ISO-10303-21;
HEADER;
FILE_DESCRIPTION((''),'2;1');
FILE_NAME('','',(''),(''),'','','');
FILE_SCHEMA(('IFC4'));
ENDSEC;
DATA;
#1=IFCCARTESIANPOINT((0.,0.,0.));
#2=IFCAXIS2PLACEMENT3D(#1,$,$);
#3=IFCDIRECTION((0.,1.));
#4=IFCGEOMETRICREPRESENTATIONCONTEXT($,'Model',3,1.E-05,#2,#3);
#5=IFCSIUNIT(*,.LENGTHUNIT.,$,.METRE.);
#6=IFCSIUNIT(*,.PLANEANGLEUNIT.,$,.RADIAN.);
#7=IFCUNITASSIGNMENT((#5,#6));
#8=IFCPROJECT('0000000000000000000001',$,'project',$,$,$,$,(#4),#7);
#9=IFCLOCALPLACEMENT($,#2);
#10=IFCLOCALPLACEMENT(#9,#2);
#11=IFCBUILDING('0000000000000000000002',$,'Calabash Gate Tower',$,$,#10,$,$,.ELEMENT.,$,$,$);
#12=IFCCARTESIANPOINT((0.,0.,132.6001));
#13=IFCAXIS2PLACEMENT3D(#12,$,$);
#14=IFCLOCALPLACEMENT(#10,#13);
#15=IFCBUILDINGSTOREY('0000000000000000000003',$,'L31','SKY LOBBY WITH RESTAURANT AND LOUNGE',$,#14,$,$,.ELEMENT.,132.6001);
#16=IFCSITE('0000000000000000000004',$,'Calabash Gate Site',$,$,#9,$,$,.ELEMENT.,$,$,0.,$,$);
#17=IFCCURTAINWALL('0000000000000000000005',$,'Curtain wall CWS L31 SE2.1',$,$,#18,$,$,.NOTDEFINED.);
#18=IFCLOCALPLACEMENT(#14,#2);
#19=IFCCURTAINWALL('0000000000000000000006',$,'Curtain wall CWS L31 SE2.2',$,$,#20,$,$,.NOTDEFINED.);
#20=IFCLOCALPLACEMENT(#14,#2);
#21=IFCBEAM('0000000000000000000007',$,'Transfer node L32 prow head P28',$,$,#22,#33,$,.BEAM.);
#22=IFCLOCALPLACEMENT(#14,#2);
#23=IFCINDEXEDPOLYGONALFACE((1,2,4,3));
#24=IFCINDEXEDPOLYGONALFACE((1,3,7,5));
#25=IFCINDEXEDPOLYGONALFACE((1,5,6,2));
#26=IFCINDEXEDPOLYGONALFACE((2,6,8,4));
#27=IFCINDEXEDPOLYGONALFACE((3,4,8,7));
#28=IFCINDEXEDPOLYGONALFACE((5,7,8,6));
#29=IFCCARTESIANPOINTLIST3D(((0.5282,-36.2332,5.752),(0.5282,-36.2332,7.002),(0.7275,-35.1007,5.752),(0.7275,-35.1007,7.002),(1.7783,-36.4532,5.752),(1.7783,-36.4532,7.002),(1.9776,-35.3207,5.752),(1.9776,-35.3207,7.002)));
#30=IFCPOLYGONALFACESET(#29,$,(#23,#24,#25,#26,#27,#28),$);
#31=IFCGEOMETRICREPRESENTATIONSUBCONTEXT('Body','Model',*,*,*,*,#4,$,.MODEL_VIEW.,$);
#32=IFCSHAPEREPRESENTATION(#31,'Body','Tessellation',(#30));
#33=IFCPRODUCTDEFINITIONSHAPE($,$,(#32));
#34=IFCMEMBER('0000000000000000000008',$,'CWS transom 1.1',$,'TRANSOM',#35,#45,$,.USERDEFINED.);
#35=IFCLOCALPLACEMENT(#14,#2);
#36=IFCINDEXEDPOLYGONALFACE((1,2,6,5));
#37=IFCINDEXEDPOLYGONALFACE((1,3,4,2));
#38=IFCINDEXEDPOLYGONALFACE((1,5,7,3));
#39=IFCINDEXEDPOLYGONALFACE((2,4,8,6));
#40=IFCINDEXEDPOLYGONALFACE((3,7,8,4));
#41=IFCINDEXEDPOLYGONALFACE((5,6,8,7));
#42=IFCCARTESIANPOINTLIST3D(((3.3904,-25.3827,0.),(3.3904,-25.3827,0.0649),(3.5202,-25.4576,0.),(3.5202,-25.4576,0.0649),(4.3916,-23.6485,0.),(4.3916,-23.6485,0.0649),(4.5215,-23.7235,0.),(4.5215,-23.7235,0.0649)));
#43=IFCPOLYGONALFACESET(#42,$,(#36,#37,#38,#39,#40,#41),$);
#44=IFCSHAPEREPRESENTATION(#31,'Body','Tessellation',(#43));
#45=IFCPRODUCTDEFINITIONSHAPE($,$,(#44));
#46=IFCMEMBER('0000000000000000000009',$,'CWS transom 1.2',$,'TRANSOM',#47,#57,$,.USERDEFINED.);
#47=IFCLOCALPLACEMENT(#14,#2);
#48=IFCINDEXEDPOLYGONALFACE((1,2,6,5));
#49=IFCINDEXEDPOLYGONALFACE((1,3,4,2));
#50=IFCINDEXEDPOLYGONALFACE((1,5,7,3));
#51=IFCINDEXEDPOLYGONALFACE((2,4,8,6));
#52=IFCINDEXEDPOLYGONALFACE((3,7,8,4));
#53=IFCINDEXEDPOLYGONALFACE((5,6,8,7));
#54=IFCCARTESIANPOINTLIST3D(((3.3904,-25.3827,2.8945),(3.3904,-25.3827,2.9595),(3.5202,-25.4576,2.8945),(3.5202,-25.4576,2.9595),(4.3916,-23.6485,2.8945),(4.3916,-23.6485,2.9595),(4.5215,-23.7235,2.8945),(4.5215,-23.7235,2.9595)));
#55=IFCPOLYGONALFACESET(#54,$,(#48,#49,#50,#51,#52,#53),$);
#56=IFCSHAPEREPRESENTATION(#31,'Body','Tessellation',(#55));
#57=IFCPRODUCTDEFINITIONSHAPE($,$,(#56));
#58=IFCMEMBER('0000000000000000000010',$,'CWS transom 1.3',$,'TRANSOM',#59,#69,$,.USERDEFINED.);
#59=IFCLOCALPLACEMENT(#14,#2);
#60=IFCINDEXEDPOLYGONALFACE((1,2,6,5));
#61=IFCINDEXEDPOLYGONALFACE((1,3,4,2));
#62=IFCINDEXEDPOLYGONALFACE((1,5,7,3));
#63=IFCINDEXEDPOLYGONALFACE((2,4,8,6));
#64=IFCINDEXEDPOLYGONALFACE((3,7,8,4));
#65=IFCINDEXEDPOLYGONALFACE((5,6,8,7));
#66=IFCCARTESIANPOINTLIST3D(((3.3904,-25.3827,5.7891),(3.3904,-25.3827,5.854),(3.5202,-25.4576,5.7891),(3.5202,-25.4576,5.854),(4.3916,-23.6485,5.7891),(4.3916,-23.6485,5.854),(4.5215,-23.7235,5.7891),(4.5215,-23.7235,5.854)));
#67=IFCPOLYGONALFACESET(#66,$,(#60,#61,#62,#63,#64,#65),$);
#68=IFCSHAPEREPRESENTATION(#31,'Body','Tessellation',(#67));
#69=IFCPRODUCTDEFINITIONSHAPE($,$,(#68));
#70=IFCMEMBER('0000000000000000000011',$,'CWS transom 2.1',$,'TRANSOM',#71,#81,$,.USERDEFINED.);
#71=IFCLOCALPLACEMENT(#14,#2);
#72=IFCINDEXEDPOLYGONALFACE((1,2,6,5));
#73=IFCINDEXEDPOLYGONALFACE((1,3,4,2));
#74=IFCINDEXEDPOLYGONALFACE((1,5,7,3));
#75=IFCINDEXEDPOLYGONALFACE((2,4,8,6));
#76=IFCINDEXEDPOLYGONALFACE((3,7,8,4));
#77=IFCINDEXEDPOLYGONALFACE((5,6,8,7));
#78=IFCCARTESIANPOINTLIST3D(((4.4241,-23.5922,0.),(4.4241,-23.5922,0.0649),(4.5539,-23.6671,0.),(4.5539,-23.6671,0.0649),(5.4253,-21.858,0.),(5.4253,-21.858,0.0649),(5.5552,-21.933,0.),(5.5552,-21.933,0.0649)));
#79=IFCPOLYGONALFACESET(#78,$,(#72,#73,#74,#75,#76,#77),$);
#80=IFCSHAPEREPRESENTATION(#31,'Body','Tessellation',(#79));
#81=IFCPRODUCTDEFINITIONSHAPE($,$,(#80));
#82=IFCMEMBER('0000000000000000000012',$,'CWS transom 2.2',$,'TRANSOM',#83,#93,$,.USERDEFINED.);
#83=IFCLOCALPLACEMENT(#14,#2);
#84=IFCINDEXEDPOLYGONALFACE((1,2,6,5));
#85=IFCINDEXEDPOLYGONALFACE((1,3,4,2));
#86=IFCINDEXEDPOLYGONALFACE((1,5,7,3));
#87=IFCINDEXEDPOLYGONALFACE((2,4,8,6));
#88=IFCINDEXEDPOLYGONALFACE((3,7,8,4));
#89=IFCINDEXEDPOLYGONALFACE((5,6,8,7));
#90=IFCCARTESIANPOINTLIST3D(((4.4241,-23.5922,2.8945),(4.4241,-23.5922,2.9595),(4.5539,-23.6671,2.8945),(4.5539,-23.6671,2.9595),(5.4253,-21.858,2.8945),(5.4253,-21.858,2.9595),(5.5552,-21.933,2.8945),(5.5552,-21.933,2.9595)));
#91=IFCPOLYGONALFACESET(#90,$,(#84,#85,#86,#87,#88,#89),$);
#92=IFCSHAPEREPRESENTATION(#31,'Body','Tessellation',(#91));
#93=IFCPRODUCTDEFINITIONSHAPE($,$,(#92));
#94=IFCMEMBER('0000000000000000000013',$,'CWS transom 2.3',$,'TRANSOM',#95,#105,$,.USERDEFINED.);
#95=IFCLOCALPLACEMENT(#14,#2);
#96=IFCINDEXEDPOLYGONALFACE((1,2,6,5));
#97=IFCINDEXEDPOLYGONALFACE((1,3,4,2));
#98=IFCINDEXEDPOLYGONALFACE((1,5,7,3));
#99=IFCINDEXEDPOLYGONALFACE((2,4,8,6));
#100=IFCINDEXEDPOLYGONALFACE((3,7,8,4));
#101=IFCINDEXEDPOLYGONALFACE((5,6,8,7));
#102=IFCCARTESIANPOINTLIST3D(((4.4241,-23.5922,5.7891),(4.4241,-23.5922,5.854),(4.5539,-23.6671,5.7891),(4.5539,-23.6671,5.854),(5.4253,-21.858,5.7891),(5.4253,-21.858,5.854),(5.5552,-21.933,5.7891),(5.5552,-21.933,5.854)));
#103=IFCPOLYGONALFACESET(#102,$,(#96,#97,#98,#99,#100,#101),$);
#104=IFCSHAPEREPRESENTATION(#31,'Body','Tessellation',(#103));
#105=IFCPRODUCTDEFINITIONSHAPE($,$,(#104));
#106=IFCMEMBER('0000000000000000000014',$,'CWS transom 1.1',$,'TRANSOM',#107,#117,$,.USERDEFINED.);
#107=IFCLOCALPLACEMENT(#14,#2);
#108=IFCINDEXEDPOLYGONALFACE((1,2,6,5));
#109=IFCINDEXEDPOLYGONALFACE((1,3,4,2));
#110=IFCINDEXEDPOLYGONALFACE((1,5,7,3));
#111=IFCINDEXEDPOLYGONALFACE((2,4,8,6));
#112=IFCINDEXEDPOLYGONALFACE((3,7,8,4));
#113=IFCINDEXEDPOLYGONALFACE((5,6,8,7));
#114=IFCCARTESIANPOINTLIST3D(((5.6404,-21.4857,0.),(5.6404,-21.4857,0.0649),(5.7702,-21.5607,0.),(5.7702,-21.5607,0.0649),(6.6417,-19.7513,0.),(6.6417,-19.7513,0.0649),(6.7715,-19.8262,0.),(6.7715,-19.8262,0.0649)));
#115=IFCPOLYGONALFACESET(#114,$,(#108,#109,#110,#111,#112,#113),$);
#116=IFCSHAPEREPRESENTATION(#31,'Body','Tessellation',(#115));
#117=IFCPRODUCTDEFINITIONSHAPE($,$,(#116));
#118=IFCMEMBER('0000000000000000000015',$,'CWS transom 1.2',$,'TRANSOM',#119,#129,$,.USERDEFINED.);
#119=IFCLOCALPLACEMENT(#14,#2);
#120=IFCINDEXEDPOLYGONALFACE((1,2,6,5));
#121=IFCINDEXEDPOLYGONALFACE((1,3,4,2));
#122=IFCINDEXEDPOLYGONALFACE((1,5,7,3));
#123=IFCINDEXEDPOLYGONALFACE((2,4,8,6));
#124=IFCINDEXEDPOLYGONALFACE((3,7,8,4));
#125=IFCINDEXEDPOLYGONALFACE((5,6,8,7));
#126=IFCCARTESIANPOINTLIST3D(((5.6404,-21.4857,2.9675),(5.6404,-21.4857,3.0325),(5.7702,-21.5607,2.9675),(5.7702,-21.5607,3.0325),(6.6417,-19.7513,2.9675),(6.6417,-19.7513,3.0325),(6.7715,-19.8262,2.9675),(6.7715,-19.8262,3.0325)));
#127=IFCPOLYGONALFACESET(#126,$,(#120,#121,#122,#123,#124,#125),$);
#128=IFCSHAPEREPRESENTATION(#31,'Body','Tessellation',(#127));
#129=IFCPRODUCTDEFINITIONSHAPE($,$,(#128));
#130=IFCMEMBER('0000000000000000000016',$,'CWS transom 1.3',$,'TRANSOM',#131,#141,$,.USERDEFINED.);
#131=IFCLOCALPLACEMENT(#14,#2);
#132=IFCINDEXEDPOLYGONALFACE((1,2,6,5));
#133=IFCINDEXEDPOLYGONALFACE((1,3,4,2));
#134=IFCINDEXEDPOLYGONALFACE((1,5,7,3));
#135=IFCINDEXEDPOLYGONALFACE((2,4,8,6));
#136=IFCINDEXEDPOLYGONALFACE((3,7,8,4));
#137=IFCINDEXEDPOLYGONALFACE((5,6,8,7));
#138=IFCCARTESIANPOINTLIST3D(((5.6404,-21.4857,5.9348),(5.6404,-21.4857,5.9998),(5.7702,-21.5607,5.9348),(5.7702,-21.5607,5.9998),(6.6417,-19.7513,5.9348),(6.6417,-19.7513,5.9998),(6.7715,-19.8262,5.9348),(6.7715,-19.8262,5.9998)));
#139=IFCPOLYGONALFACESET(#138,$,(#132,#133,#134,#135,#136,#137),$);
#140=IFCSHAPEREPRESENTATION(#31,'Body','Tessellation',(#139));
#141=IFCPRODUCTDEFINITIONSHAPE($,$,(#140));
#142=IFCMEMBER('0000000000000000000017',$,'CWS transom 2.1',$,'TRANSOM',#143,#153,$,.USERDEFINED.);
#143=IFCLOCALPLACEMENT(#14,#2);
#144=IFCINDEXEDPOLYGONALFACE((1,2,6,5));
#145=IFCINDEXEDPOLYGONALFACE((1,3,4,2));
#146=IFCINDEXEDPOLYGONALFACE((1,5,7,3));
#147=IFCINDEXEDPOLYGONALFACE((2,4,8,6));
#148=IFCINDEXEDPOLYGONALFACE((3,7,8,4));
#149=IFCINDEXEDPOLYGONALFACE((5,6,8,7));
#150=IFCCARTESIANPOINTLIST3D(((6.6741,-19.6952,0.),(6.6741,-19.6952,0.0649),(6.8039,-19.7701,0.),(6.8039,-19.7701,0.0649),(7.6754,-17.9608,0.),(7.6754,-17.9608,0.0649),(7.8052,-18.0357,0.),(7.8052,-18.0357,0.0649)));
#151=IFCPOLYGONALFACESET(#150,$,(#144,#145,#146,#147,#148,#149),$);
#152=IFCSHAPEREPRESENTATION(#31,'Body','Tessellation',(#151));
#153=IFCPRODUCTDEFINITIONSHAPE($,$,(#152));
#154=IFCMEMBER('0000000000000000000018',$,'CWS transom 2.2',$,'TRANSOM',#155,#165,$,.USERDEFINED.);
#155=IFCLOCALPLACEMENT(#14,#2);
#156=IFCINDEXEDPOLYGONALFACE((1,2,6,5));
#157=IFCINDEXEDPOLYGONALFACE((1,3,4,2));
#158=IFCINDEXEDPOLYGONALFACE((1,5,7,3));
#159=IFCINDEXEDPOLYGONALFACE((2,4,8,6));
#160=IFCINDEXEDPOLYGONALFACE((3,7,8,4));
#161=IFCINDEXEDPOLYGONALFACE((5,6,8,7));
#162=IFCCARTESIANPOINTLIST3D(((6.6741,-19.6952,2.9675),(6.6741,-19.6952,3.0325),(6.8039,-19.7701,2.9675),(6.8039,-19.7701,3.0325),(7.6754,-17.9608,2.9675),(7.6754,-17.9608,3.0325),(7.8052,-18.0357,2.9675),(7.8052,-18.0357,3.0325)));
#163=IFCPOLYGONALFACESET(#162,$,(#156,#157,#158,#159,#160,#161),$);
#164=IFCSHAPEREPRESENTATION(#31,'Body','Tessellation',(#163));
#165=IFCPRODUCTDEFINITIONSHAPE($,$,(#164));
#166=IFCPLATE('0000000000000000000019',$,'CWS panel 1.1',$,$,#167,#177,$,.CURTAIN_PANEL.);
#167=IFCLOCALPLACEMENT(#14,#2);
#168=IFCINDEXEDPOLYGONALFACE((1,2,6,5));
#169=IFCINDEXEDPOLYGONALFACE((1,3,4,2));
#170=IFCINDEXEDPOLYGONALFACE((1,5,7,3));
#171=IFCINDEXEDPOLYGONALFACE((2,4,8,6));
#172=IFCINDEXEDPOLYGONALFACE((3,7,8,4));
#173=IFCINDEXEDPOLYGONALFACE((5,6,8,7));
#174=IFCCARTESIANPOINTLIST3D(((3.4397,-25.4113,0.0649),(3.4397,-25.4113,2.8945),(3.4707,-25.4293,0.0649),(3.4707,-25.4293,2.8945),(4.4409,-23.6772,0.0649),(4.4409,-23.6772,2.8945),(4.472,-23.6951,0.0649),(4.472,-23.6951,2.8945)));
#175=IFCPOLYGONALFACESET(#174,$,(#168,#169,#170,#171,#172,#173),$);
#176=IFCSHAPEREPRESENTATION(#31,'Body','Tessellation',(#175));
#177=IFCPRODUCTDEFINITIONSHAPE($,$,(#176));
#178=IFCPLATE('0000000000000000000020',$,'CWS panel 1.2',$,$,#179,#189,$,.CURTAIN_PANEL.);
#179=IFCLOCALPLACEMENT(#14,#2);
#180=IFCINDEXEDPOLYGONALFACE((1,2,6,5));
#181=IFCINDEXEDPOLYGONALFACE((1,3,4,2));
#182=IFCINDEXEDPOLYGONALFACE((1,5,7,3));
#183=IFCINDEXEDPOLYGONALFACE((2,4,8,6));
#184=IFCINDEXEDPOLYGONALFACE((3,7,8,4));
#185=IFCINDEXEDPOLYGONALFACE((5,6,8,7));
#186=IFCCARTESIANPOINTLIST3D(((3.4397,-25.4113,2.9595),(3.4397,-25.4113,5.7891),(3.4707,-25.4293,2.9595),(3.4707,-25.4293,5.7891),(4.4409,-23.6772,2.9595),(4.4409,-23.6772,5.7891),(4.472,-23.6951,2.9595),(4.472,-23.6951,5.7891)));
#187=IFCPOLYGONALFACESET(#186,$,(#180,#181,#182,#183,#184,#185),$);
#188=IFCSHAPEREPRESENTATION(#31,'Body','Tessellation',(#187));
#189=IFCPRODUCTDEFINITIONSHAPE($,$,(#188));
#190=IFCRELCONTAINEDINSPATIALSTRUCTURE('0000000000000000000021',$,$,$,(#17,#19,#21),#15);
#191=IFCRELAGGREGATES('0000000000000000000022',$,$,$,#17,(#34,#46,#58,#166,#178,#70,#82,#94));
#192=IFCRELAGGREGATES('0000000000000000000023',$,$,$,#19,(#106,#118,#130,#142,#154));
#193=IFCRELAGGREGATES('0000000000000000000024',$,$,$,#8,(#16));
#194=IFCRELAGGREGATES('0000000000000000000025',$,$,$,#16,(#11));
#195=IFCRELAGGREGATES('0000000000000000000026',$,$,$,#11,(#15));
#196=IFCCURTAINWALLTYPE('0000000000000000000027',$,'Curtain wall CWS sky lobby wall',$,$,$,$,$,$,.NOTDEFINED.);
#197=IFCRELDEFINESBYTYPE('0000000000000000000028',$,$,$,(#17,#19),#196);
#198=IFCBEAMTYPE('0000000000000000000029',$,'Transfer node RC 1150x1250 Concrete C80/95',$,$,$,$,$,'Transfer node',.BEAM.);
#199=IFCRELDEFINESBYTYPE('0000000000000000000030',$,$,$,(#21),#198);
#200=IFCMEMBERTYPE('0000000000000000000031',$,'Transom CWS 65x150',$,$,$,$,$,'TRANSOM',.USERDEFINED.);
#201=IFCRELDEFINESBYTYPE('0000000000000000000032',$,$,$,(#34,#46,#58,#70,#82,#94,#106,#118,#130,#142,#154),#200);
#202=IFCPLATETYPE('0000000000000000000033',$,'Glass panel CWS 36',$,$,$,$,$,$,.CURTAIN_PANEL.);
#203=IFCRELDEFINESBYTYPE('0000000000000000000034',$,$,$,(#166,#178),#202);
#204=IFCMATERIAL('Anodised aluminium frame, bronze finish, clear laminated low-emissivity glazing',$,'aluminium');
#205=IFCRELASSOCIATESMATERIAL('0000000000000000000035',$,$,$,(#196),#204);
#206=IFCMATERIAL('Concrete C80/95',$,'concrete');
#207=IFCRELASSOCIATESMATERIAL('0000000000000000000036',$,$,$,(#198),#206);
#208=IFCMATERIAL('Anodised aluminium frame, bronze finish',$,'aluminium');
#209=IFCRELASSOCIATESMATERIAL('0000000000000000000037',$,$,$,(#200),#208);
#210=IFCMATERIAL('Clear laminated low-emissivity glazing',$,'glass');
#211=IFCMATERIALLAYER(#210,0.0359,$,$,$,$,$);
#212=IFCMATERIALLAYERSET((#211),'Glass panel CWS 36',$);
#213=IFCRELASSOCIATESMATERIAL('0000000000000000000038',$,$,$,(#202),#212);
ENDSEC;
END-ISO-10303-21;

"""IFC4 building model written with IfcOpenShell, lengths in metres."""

from ifc_helpers import new_model, si_unit, direction, frame, origin, origin_2d, place, context, subcontext, project, spatial, rectangle, extrude, material, layer, layer_set, material_profile, profile_set, type_object, element, aggregate, save


model = new_model("IFC4")

# Units and contexts
model_context = context("Model", 3, precision=1e-05, world=origin(), true_north=direction((0.0, 1.0)))
body_context = subcontext(model_context, "Body", "Model", "MODEL_VIEW")
ifc_project = project(units=[si_unit("LENGTHUNIT", "METRE"), si_unit("PLANEANGLEUNIT", "RADIAN")], contexts=[model_context])

# Site, building, storey
site_placement = place(None, origin())
site = spatial("IfcSite", under=ifc_project, at=site_placement, Name="Calabash Gate Site", CompositionType="ELEMENT", RefElevation=0.0)
building_placement = place(site_placement, origin())
building = spatial("IfcBuilding", under=site, at=building_placement, Name="Calabash Gate Tower", CompositionType="ELEMENT")
storey_placement = place(building_placement, frame((0.0, 0.0, 132.6001)))
storey = spatial("IfcBuildingStorey", under=building, at=storey_placement, Name="L31", Description="SKY LOBBY WITH RESTAURANT AND LOUNGE", CompositionType="ELEMENT", Elevation=132.6001)

# Curtain walls
ifc_material_1 = material(Name="Anodised aluminium frame, bronze finish, clear laminated low-emissivity glazing", Category="aluminium")
curtain_wall_type = type_object("IfcCurtainWallType", Name="Curtain wall CWS sky lobby wall", PredefinedType="NOTDEFINED", material=ifc_material_1)
curtain_wall_1_placement = place(storey_placement, origin())
curtain_wall_1 = element("IfcCurtainWall", 1, at=curtain_wall_1_placement, inside=storey, type_object=curtain_wall_type, Name="Curtain wall CWS L31 SE2.1", PredefinedType="NOTDEFINED")
curtain_wall_2_placement = place(storey_placement, origin())
curtain_wall_2 = element("IfcCurtainWall", 2, at=curtain_wall_2_placement, inside=storey, type_object=curtain_wall_type, Name="Curtain wall CWS L31 SE2.2", PredefinedType="NOTDEFINED")

# Beam
ifc_material_2 = material(Name="Concrete C80/95", Category="concrete")
ifc_material_profile_1 = material_profile(ifc_material_2, rectangle(XDim=1.1499, YDim=1.25, at=origin_2d()))
ifc_profile_set_1 = profile_set([ifc_material_profile_1], Name="Concrete C80/95")
beam_type_1 = type_object("IfcBeamType", Name="Transfer node RC 1150x1250 Concrete C80/95", ElementType="Transfer node", PredefinedType="BEAM", material=ifc_profile_set_1)
beam_1_placement = place(storey_placement, frame((1.8779, -35.887, 6.377), z_axis=(-0.984867, 0.173313, 0.0), x_axis=(-0.173313, -0.984867, 0.0)))
element("IfcBeam", 3, at=beam_1_placement, inside=storey, type_object=beam_type_1, Name="Transfer node L32 prow head P28", PredefinedType="BEAM", context=body_context, shape_type="SweptSolid", body=[
    extrude(rectangle(XDim=1.1499, YDim=1.25, at=origin_2d()), origin(), (0.0, 0.0, 1.0), 1.2693),
])

# Members
ifc_material_3 = material(Name="Anodised aluminium frame, bronze finish", Category="aluminium")
ifc_material_profile_2 = material_profile(ifc_material_3, rectangle(XDim=0.1499, YDim=0.0649, at=origin_2d()))
ifc_profile_set_2 = profile_set([ifc_material_profile_2], Name="Anodised aluminium frame, bronze finish")
member_type_1 = type_object("IfcMemberType", Name="Transom CWS 65x150", ElementType="TRANSOM", PredefinedType="USERDEFINED", material=ifc_profile_set_2)
member_1_placement = place(storey_placement, frame((3.4553, -25.4202, 0.0325), z_axis=(0.500007, 0.866021, 0.0), x_axis=(-0.866021, 0.500007, 0.0)))
member_1 = element("IfcMember", 4, at=member_1_placement, type_object=member_type_1, Name="CWS transom 1.1", ObjectType="TRANSOM", PredefinedType="USERDEFINED", context=body_context, shape_type="SweptSolid", body=[
    extrude(rectangle(XDim=0.1499, YDim=0.0649, at=origin_2d()), origin(), (0.0, 0.0, 1.0), 2.0024),
])
member_2_placement = place(storey_placement, frame((3.4553, -25.4202, 2.927), z_axis=(0.500007, 0.866021, 0.0), x_axis=(-0.866021, 0.500007, 0.0)))
member_2 = element("IfcMember", 5, at=member_2_placement, type_object=member_type_1, Name="CWS transom 1.2", ObjectType="TRANSOM", PredefinedType="USERDEFINED", context=body_context, shape_type="SweptSolid", body=[
    extrude(rectangle(XDim=0.1499, YDim=0.0649, at=origin_2d()), origin(), (0.0, 0.0, 1.0), 2.0024),
])
member_3_placement = place(storey_placement, frame((3.4553, -25.4202, 5.8215), z_axis=(0.500007, 0.866021, 0.0), x_axis=(-0.866021, 0.500007, 0.0)))
member_3 = element("IfcMember", 6, at=member_3_placement, type_object=member_type_1, Name="CWS transom 1.3", ObjectType="TRANSOM", PredefinedType="USERDEFINED", context=body_context, shape_type="SweptSolid", body=[
    extrude(rectangle(XDim=0.1499, YDim=0.0649, at=origin_2d()), origin(), (0.0, 0.0, 1.0), 2.0024),
])
member_4_placement = place(storey_placement, frame((4.489, -23.6296, 0.0325), z_axis=(0.500007, 0.866021, 0.0), x_axis=(-0.866021, 0.500007, 0.0)))
member_4 = element("IfcMember", 7, at=member_4_placement, type_object=member_type_1, Name="CWS transom 2.1", ObjectType="TRANSOM", PredefinedType="USERDEFINED", context=body_context, shape_type="SweptSolid", body=[
    extrude(rectangle(XDim=0.1499, YDim=0.0649, at=origin_2d()), origin(), (0.0, 0.0, 1.0), 2.0024),
])
member_5_placement = place(storey_placement, frame((4.489, -23.6296, 2.927), z_axis=(0.500007, 0.866021, 0.0), x_axis=(-0.866021, 0.500007, 0.0)))
member_5 = element("IfcMember", 8, at=member_5_placement, type_object=member_type_1, Name="CWS transom 2.2", ObjectType="TRANSOM", PredefinedType="USERDEFINED", context=body_context, shape_type="SweptSolid", body=[
    extrude(rectangle(XDim=0.1499, YDim=0.0649, at=origin_2d()), origin(), (0.0, 0.0, 1.0), 2.0024),
])
member_6_placement = place(storey_placement, frame((4.489, -23.6296, 5.8215), z_axis=(0.500007, 0.866021, 0.0), x_axis=(-0.866021, 0.500007, 0.0)))
member_6 = element("IfcMember", 9, at=member_6_placement, type_object=member_type_1, Name="CWS transom 2.3", ObjectType="TRANSOM", PredefinedType="USERDEFINED", context=body_context, shape_type="SweptSolid", body=[
    extrude(rectangle(XDim=0.1499, YDim=0.0649, at=origin_2d()), origin(), (0.0, 0.0, 1.0), 2.0024),
])
member_7_placement = place(storey_placement, frame((5.7053, -21.5232, 0.0325), z_axis=(0.499955, 0.866052, 0.0), x_axis=(-0.866052, 0.499955, 0.0)))
member_7 = element("IfcMember", 10, at=member_7_placement, type_object=member_type_1, Name="CWS transom 1.1", ObjectType="TRANSOM", PredefinedType="USERDEFINED", context=body_context, shape_type="SweptSolid", body=[
    extrude(rectangle(XDim=0.1499, YDim=0.0649, at=origin_2d()), origin(), (0.0, 0.0, 1.0), 2.0027),
])
member_8_placement = place(storey_placement, frame((5.7053, -21.5232, 3.0), z_axis=(0.499955, 0.866052, 0.0), x_axis=(-0.866052, 0.499955, 0.0)))
member_8 = element("IfcMember", 11, at=member_8_placement, type_object=member_type_1, Name="CWS transom 1.2", ObjectType="TRANSOM", PredefinedType="USERDEFINED", context=body_context, shape_type="SweptSolid", body=[
    extrude(rectangle(XDim=0.1499, YDim=0.0649, at=origin_2d()), origin(), (0.0, 0.0, 1.0), 2.0027),
])
member_9_placement = place(storey_placement, frame((5.7053, -21.5232, 5.9673), z_axis=(0.499955, 0.866052, 0.0), x_axis=(-0.866052, 0.499955, 0.0)))
member_9 = element("IfcMember", 12, at=member_9_placement, type_object=member_type_1, Name="CWS transom 1.3", ObjectType="TRANSOM", PredefinedType="USERDEFINED", context=body_context, shape_type="SweptSolid", body=[
    extrude(rectangle(XDim=0.1499, YDim=0.0649, at=origin_2d()), origin(), (0.0, 0.0, 1.0), 2.0027),
])
member_10_placement = place(storey_placement, frame((6.739, -19.7327, 0.0325), z_axis=(0.499955, 0.866052, 0.0), x_axis=(-0.866052, 0.499955, 0.0)))
member_10 = element("IfcMember", 13, at=member_10_placement, type_object=member_type_1, Name="CWS transom 2.1", ObjectType="TRANSOM", PredefinedType="USERDEFINED", context=body_context, shape_type="SweptSolid", body=[
    extrude(rectangle(XDim=0.1499, YDim=0.0649, at=origin_2d()), origin(), (0.0, 0.0, 1.0), 2.0027),
])
member_11_placement = place(storey_placement, frame((6.739, -19.7327, 3.0), z_axis=(0.499955, 0.866052, 0.0), x_axis=(-0.866052, 0.499955, 0.0)))
member_11 = element("IfcMember", 14, at=member_11_placement, type_object=member_type_1, Name="CWS transom 2.2", ObjectType="TRANSOM", PredefinedType="USERDEFINED", context=body_context, shape_type="SweptSolid", body=[
    extrude(rectangle(XDim=0.1499, YDim=0.0649, at=origin_2d()), origin(), (0.0, 0.0, 1.0), 2.0027),
])

# Plates
ifc_material_4 = material(Name="Clear laminated low-emissivity glazing", Category="glass")
ifc_layer_1 = layer(ifc_material_4, 0.0359)
ifc_layer_set_1 = layer_set([ifc_layer_1], Name="Glass panel CWS 36")
plate_type = type_object("IfcPlateType", Name="Glass panel CWS 36", PredefinedType="CURTAIN_PANEL", material=ifc_layer_set_1)
plate_1_placement = place(storey_placement, frame((3.9558, -24.5532, 0.0649), z_axis=(0.0, 0.0, 1.0), x_axis=(0.5, 0.866025, 0.0)))
plate_1 = element("IfcPlate", 15, at=plate_1_placement, type_object=plate_type, Name="CWS panel 1.1", PredefinedType="CURTAIN_PANEL", context=body_context, shape_type="SweptSolid", body=[
    extrude(rectangle(XDim=2.0024, YDim=0.0359, at=origin_2d()), origin(), (0.0, 0.0, 1.0), 2.8296),
])
plate_2_placement = place(storey_placement, frame((3.9558, -24.5532, 2.9595), z_axis=(0.0, 0.0, 1.0), x_axis=(0.5, 0.866025, 0.0)))
plate_2 = element("IfcPlate", 16, at=plate_2_placement, type_object=plate_type, Name="CWS panel 1.2", PredefinedType="CURTAIN_PANEL", context=body_context, shape_type="SweptSolid", body=[
    extrude(rectangle(XDim=2.0024, YDim=0.0359, at=origin_2d()), origin(), (0.0, 0.0, 1.0), 2.8296),
])
aggregate(curtain_wall_1, [member_1, member_2, member_3, plate_1, plate_2, member_4, member_5, member_6])
aggregate(curtain_wall_2, [member_7, member_8, member_9, member_10, member_11])

save(model, "model.ifc")
